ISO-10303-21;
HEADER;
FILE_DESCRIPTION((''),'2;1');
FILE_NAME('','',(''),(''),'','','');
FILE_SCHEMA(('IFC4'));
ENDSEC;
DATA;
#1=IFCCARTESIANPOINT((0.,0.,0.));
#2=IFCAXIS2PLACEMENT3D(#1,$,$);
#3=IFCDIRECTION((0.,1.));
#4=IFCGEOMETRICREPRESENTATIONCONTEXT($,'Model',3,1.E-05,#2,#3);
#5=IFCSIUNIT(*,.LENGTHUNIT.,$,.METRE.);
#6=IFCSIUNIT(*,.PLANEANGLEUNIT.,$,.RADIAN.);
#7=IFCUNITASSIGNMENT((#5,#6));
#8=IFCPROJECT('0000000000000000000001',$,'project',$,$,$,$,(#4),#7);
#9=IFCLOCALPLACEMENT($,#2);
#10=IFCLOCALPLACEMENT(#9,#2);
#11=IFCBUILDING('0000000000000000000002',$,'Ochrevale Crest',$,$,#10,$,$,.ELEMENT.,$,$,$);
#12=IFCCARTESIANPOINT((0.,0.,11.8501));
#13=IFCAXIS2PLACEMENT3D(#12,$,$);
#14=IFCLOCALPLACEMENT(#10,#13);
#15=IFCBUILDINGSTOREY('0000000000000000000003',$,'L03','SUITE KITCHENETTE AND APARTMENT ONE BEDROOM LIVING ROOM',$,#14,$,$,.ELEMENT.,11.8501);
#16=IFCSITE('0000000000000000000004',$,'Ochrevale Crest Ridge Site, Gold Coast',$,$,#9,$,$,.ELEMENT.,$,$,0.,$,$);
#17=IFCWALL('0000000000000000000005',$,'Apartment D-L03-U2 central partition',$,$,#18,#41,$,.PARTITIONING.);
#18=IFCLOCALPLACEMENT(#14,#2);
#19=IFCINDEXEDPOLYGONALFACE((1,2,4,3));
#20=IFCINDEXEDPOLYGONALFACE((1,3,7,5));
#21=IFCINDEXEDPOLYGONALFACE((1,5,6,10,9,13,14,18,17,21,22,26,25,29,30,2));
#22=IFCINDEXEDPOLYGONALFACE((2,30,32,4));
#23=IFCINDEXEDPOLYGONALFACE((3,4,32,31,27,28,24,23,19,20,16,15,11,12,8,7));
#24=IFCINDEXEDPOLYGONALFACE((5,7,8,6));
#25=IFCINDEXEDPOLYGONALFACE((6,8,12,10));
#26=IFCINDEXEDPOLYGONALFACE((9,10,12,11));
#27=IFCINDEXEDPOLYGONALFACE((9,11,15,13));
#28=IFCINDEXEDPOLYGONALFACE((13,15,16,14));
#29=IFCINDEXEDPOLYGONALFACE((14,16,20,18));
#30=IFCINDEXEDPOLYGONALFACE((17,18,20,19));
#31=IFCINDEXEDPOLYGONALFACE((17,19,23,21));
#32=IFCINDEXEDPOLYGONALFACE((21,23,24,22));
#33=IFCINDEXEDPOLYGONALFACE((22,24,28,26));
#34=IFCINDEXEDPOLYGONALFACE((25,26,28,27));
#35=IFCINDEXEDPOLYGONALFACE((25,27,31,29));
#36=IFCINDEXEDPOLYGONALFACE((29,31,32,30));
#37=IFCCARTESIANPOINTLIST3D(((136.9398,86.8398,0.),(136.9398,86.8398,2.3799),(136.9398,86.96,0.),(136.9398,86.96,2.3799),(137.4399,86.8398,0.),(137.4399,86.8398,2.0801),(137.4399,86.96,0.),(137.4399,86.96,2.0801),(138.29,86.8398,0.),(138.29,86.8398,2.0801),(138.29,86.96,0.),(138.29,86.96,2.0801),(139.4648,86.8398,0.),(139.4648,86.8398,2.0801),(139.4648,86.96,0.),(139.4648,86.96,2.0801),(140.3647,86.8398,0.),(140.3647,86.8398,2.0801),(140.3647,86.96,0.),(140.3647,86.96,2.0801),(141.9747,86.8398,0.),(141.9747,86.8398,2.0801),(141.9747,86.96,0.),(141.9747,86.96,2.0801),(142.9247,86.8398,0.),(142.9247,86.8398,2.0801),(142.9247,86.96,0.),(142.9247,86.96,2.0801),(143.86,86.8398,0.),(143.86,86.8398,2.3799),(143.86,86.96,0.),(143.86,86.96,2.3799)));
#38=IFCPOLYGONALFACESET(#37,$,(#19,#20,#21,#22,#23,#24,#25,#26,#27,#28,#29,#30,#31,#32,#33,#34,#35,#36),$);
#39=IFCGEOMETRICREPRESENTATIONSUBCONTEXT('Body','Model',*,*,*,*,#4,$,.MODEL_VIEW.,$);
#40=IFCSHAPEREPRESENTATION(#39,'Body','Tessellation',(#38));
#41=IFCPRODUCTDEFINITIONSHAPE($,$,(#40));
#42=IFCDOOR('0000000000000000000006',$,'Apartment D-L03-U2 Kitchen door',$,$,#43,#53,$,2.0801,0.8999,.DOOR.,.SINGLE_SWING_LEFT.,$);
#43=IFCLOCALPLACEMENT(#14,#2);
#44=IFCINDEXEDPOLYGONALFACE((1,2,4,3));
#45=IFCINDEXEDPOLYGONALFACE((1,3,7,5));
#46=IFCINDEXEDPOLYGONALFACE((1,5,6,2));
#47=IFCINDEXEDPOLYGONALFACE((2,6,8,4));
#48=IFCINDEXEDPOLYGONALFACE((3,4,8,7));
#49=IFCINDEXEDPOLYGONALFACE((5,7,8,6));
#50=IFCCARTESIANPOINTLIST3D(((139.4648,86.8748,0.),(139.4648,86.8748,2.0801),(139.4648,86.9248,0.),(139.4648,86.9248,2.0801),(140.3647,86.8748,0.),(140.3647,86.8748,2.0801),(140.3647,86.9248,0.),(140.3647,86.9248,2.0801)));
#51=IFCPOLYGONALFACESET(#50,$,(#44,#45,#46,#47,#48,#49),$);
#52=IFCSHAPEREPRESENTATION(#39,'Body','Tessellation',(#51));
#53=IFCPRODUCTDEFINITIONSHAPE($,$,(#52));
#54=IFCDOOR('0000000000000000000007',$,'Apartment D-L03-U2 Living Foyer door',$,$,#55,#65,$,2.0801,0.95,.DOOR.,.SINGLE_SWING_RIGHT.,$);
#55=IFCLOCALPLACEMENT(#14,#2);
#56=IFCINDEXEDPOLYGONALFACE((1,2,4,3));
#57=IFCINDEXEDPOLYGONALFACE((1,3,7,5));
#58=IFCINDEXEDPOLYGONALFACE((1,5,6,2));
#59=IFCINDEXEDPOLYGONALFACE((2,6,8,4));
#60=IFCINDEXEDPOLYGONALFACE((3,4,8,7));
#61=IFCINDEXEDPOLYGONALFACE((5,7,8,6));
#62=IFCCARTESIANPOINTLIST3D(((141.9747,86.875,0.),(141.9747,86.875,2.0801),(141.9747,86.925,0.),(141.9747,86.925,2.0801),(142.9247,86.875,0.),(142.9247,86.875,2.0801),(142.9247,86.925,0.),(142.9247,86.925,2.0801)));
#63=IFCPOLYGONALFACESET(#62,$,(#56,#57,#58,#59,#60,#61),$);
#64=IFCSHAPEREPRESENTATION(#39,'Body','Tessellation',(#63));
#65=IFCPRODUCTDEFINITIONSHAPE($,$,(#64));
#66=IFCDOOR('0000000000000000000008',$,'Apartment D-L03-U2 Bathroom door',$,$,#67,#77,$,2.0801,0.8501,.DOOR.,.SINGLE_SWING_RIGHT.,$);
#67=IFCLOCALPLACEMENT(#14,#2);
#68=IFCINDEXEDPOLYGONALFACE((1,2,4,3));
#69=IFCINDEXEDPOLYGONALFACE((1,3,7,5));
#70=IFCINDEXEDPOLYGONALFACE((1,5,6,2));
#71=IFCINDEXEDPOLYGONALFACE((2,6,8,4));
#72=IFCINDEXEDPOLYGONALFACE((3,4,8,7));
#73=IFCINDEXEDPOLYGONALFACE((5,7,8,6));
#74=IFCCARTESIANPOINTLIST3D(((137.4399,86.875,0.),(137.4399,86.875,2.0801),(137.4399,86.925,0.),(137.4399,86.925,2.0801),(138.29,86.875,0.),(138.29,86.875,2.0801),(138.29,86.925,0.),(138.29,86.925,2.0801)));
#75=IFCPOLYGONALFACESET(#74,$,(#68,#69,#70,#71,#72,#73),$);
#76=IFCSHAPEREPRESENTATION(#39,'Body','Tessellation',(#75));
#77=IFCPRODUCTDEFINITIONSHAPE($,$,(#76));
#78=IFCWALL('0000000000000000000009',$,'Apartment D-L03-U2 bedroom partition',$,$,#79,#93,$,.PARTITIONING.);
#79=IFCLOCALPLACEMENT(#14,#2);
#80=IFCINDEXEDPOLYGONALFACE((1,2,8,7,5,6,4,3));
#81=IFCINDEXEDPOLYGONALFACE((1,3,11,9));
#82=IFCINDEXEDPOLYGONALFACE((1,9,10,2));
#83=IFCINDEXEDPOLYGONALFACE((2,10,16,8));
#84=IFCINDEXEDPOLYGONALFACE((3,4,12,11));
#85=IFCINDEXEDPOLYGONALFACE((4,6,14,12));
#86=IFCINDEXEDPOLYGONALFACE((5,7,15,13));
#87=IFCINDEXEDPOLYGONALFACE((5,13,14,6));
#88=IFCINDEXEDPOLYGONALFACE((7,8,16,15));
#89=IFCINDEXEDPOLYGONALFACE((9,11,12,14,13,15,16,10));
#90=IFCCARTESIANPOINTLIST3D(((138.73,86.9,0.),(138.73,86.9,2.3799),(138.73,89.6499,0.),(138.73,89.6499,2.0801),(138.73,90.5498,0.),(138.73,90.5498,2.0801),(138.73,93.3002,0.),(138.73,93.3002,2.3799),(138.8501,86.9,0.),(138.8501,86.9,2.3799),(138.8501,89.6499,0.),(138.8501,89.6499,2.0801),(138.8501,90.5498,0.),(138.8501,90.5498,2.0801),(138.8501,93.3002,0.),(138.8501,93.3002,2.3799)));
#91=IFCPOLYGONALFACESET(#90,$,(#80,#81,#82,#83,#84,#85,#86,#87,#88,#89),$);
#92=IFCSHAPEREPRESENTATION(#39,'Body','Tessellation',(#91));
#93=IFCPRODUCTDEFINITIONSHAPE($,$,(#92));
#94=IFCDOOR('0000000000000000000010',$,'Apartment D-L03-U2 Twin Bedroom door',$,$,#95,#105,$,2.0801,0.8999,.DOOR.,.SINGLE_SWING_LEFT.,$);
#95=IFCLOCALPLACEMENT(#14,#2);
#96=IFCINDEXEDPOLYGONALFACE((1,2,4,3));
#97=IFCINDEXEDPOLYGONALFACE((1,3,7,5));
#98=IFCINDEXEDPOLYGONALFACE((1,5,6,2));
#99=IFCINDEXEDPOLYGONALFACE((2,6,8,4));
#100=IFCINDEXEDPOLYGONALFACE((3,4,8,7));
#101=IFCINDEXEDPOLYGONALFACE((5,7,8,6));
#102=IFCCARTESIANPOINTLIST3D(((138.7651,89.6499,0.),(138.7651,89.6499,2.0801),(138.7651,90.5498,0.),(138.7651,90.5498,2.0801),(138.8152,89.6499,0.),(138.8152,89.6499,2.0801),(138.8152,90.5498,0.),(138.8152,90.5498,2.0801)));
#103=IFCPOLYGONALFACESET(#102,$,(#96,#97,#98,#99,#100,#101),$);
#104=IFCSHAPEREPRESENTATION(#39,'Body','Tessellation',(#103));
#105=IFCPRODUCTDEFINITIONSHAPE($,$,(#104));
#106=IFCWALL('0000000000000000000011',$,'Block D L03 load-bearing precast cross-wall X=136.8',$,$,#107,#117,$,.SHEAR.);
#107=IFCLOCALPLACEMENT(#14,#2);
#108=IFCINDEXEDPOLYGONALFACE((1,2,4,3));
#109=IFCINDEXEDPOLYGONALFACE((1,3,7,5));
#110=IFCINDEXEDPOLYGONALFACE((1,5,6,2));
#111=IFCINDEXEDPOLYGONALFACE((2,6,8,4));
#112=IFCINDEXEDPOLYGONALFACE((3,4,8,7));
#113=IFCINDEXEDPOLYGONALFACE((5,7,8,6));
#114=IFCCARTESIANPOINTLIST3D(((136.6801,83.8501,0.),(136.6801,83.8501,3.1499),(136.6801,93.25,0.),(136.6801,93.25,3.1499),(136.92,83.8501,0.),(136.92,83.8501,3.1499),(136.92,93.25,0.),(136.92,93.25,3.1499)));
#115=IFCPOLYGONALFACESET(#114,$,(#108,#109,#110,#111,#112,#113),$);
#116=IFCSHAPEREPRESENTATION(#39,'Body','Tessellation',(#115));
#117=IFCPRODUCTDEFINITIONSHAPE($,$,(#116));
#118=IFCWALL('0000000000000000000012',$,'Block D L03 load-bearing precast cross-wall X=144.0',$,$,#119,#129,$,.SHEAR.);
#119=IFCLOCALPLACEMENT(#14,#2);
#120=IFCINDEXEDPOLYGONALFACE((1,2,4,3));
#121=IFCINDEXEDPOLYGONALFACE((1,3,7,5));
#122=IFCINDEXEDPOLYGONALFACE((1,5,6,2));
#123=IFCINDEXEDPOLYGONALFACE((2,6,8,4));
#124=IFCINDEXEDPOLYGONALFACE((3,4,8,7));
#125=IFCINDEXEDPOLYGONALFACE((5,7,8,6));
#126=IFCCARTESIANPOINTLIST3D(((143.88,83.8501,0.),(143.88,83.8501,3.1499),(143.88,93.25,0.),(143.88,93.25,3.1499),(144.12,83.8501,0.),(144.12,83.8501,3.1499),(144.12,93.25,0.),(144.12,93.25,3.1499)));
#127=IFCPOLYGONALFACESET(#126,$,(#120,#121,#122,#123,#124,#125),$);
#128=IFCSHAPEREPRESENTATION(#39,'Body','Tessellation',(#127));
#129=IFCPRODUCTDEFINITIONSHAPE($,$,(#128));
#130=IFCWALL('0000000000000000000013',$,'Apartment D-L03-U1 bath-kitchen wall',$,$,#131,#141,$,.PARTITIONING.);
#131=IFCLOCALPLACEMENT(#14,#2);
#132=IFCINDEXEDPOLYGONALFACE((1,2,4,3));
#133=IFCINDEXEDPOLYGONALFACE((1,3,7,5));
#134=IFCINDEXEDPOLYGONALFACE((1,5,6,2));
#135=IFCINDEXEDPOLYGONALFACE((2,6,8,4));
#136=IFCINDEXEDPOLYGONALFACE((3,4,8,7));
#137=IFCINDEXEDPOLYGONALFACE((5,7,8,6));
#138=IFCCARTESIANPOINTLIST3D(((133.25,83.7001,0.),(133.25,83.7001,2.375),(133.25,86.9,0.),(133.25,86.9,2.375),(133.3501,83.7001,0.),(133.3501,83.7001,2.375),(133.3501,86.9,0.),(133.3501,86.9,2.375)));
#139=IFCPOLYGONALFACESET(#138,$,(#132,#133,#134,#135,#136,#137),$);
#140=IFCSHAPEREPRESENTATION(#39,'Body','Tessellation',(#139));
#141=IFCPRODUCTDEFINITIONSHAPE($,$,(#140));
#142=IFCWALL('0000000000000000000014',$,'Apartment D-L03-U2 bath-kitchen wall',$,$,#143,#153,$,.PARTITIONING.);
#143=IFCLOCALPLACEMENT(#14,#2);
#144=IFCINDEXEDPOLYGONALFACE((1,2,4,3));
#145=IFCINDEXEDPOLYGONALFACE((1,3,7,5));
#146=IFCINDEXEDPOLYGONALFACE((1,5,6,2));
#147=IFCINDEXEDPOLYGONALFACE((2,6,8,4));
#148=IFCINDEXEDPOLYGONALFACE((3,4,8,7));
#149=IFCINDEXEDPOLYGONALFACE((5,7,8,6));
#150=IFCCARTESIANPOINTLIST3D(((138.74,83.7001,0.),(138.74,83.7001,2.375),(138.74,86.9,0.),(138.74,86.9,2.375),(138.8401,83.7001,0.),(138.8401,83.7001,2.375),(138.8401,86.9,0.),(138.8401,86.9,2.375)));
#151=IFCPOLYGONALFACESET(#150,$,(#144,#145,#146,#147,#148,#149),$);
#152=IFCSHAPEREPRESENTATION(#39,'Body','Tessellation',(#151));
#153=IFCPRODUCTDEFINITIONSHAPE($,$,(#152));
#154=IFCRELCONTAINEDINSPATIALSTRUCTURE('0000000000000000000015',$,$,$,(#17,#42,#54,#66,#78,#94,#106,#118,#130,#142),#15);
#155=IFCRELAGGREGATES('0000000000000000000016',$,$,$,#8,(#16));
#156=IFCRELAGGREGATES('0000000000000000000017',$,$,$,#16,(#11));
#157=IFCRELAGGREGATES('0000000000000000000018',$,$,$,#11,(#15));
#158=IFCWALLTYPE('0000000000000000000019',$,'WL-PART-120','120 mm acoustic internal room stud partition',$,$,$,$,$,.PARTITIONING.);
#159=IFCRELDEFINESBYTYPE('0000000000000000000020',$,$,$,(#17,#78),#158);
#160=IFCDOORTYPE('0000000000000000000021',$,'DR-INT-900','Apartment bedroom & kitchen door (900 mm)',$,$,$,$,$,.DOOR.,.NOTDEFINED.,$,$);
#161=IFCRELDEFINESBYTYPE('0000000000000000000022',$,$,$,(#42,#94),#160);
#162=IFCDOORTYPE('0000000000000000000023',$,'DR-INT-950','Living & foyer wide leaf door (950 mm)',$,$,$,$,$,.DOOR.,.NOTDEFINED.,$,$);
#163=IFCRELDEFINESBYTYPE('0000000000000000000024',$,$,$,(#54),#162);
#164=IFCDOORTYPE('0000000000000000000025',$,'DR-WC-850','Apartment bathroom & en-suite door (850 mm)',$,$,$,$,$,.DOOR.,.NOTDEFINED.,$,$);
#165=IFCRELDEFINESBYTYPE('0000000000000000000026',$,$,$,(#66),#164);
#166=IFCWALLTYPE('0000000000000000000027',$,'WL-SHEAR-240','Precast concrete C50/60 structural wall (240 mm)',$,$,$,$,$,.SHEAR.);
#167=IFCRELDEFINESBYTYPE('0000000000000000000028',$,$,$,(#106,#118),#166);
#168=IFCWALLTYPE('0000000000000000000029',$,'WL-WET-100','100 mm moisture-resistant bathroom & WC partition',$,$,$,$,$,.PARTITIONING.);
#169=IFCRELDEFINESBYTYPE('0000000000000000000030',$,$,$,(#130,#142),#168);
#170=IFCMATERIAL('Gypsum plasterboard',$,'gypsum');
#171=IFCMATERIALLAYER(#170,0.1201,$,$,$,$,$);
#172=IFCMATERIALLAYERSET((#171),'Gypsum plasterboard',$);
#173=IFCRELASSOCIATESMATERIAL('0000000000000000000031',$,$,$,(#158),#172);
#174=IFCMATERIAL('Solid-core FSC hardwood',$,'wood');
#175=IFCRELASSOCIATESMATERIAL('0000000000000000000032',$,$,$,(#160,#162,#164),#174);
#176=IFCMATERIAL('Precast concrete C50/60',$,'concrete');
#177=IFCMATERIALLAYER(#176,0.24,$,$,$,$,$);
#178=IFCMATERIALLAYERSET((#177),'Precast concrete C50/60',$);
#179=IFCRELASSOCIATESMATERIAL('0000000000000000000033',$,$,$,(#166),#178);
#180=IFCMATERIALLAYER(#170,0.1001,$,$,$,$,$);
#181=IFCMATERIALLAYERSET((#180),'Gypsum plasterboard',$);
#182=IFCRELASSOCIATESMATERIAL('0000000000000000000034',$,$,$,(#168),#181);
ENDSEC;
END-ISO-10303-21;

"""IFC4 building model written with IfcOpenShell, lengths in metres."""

from ifc_helpers import new_model, si_unit, direction, frame, frame_2d, origin, place, context, subcontext, project, spatial, rectangle, extrude, material, layer, layer_set, type_object, element, fill, save


model = new_model("IFC4")

# Units and contexts
model_context = context("Model", 3, precision=1e-05, world=origin(), true_north=direction((0.0, 1.0)))
body_context = subcontext(model_context, "Body", "Model", "MODEL_VIEW")
ifc_project = project(units=[si_unit("LENGTHUNIT", "METRE"), si_unit("PLANEANGLEUNIT", "RADIAN")], contexts=[model_context])

# Site, building, storey
site_placement = place(None, origin())
site = spatial("IfcSite", under=ifc_project, at=site_placement, Name="Ochrevale Crest Ridge Site, Gold Coast", CompositionType="ELEMENT", RefElevation=0.0)
building_placement = place(site_placement, origin())
building = spatial("IfcBuilding", under=site, at=building_placement, Name="Ochrevale Crest", CompositionType="ELEMENT")
storey_placement = place(building_placement, frame((0.0, 0.0, 11.8501)))
storey = spatial("IfcBuildingStorey", under=building, at=storey_placement, Name="L03", Description="SUITE KITCHENETTE AND APARTMENT ONE BEDROOM LIVING ROOM", CompositionType="ELEMENT", Elevation=11.8501)

# Shared definitions
ifc_material_1 = material(Name="Precast concrete C50/60", Category="concrete")

# Shared definitions
ifc_material_2 = material(Name="Gypsum plasterboard", Category="gypsum")
ifc_material_3 = material(Name="Solid-core FSC hardwood", Category="wood")

# Shared definitions
ifc_layer_1 = layer(ifc_material_2, 0.1201)
ifc_layer_set_1 = layer_set([ifc_layer_1], Name="Gypsum plasterboard")
wall_type_1 = type_object("IfcWallType", Name="WL-PART-120", Description="120 mm acoustic internal room stud partition", PredefinedType="PARTITIONING", material=ifc_layer_set_1)

# Shared definitions
door_type_1 = type_object("IfcDoorType", Name="DR-INT-900", Description="Apartment bedroom & kitchen door (900 mm)", OperationType="NOTDEFINED", PredefinedType="DOOR", material=ifc_material_3)

# Wall, openings, doors
wall_1_placement = place(storey_placement, frame((136.9399, 86.8999, 0.0), z_axis=(0.0, 0.0, 1.0), x_axis=(1.0, 0.0, 0.0)))
wall_1 = element("IfcWall", 1, at=wall_1_placement, inside=storey, type_object=wall_type_1, Name="Apartment D-L03-U2 central partition", PredefinedType="PARTITIONING", context=body_context, shape_type="SweptSolid", body=[
    extrude(rectangle(XDim=6.9202, YDim=0.1201, at=frame_2d((3.46, 0.0))), origin(), (0.0, 0.0, 1.0), 2.3799),
])
opening_1_placement = place(wall_1_placement, frame((1.3501, 0.0, 0.0), z_axis=(0.0, 0.0, 1.0), x_axis=(-1.0, 0.0, 0.0)))
opening_1 = element("IfcOpeningElement", 2, at=opening_1_placement, cuts=wall_1, PredefinedType="OPENING", context=body_context, shape_type="SweptSolid", body=[
    extrude(rectangle(XDim=0.8501, YDim=2.0801, at=frame_2d((0.425, 1.04))), frame((0.0, 0.0701, 0.0), z_axis=(0.0, -1.0, 0.0), x_axis=(1.0, 0.0, 0.0)), (0.0, 0.0, 1.0), 0.1401),
])
opening_2_placement = place(wall_1_placement, frame((2.5249, 0.0, 0.0)))
opening_2 = element("IfcOpeningElement", 3, at=opening_2_placement, cuts=wall_1, PredefinedType="OPENING", context=body_context, shape_type="SweptSolid", body=[
    extrude(rectangle(XDim=0.8999, YDim=2.0801, at=frame_2d((0.45, 1.04))), frame((0.0, 0.0701, 0.0), z_axis=(0.0, -1.0, 0.0), x_axis=(1.0, 0.0, 0.0)), (0.0, 0.0, 1.0), 0.1401),
])
opening_3_placement = place(wall_1_placement, frame((5.9849, 0.0, 0.0), z_axis=(0.0, 0.0, 1.0), x_axis=(-1.0, 0.0, 0.0)))
opening_3 = element("IfcOpeningElement", 4, at=opening_3_placement, cuts=wall_1, PredefinedType="OPENING", context=body_context, shape_type="SweptSolid", body=[
    extrude(rectangle(XDim=0.95, YDim=2.0801, at=frame_2d((0.4751, 1.04))), frame((0.0, 0.0701, 0.0), z_axis=(0.0, -1.0, 0.0), x_axis=(1.0, 0.0, 0.0)), (0.0, 0.0, 1.0), 0.1401),
])
door_1_placement = place(opening_2_placement, origin())
door_1 = element("IfcDoor", 5, at=door_1_placement, inside=storey, type_object=door_type_1, Name="Apartment D-L03-U2 Kitchen door", OperationType="SINGLE_SWING_LEFT", OverallHeight=2.0801, OverallWidth=0.8999, PredefinedType="DOOR", context=body_context, shape_type="SweptSolid", body=[
    extrude(rectangle(XDim=0.8999, YDim=2.0801, at=frame_2d((0.45, 1.04))), frame((0.0, 0.0249, 0.0), z_axis=(0.0, -1.0, 0.0), x_axis=(1.0, 0.0, 0.0)), (0.0, 0.0, 1.0), 0.05),
])
fill(opening_2, door_1)
door_type_2 = type_object("IfcDoorType", Name="DR-INT-950", Description="Living & foyer wide leaf door (950 mm)", OperationType="NOTDEFINED", PredefinedType="DOOR", material=ifc_material_3)
door_2_placement = place(opening_3_placement, origin())
door_2 = element("IfcDoor", 6, at=door_2_placement, inside=storey, type_object=door_type_2, Name="Apartment D-L03-U2 Living Foyer door", OperationType="SINGLE_SWING_RIGHT", OverallHeight=2.0801, OverallWidth=0.95, PredefinedType="DOOR", context=body_context, shape_type="SweptSolid", body=[
    extrude(rectangle(XDim=0.95, YDim=2.0801, at=frame_2d((0.4751, 1.04))), frame((0.0, 0.0249, 0.0), z_axis=(0.0, -1.0, 0.0), x_axis=(1.0, 0.0, 0.0)), (0.0, 0.0, 1.0), 0.05),
])
fill(opening_3, door_2)
door_type_3 = type_object("IfcDoorType", Name="DR-WC-850", Description="Apartment bathroom & en-suite door (850 mm)", OperationType="NOTDEFINED", PredefinedType="DOOR", material=ifc_material_3)
door_3_placement = place(opening_1_placement, origin())
door_3 = element("IfcDoor", 7, at=door_3_placement, inside=storey, type_object=door_type_3, Name="Apartment D-L03-U2 Bathroom door", OperationType="SINGLE_SWING_RIGHT", OverallHeight=2.0801, OverallWidth=0.8501, PredefinedType="DOOR", context=body_context, shape_type="SweptSolid", body=[
    extrude(rectangle(XDim=0.8501, YDim=2.0801, at=frame_2d((0.425, 1.04))), frame((0.0, 0.0249, 0.0), z_axis=(0.0, -1.0, 0.0), x_axis=(1.0, 0.0, 0.0)), (0.0, 0.0, 1.0), 0.05),
])
fill(opening_1, door_3)

# Wall, opening, door
wall_2_placement = place(storey_placement, frame((138.79, 86.8999, 0.0), z_axis=(0.0, 0.0, 1.0), x_axis=(0.0, 1.0, 0.0)))
wall_2 = element("IfcWall", 8, at=wall_2_placement, inside=storey, type_object=wall_type_1, Name="Apartment D-L03-U2 bedroom partition", PredefinedType="PARTITIONING", context=body_context, shape_type="SweptSolid", body=[
    extrude(rectangle(XDim=6.4001, YDim=0.1201, at=frame_2d((3.2002, 0.0))), origin(), (0.0, 0.0, 1.0), 2.3799),
])
opening_4_placement = place(wall_2_placement, frame((2.75, 0.0, 0.0)))
opening_4 = element("IfcOpeningElement", 9, at=opening_4_placement, cuts=wall_2, PredefinedType="OPENING", context=body_context, shape_type="SweptSolid", body=[
    extrude(rectangle(XDim=0.8999, YDim=2.0801, at=frame_2d((0.45, 1.04))), frame((0.0, 0.0701, 0.0), z_axis=(0.0, -1.0, 0.0), x_axis=(1.0, 0.0, 0.0)), (0.0, 0.0, 1.0), 0.1401),
])
door_4_placement = place(opening_4_placement, origin())
door_4 = element("IfcDoor", 10, at=door_4_placement, inside=storey, type_object=door_type_1, Name="Apartment D-L03-U2 Twin Bedroom door", OperationType="SINGLE_SWING_LEFT", OverallHeight=2.0801, OverallWidth=0.8999, PredefinedType="DOOR", context=body_context, shape_type="SweptSolid", body=[
    extrude(rectangle(XDim=0.8999, YDim=2.0801, at=frame_2d((0.45, 1.04))), frame((0.0, 0.0249, 0.0), z_axis=(0.0, -1.0, 0.0), x_axis=(1.0, 0.0, 0.0)), (0.0, 0.0, 1.0), 0.05),
])
fill(opening_4, door_4)

# Walls
ifc_layer_2 = layer(ifc_material_1, 0.24)
ifc_layer_set_2 = layer_set([ifc_layer_2], Name="Precast concrete C50/60")
wall_type_2 = type_object("IfcWallType", Name="WL-SHEAR-240", Description="Precast concrete C50/60 structural wall (240 mm)", PredefinedType="SHEAR", material=ifc_layer_set_2)
for number, where, z_axis, x_axis, name in (
    (11, (136.8, 83.8501, 0.0), (0.0, 0.0, 1.0), (0.0, 1.0, 0.0), "Block D L03 load-bearing precast cross-wall X=136.8"),
    (12, (144.0, 83.8501, 0.0), (0.0, 0.0, 1.0), (0.0, 1.0, 0.0), "Block D L03 load-bearing precast cross-wall X=144.0"),
):
    element("IfcWall", number, at=place(storey_placement, frame(where, z_axis=z_axis, x_axis=x_axis)), inside=storey, type_object=wall_type_2, Name=name, PredefinedType="SHEAR", context=body_context, shape_type="SweptSolid", body=[
        extrude(rectangle(XDim=9.3999, YDim=0.24, at=frame_2d((4.7, 0.0))), origin(), (0.0, 0.0, 1.0), 3.1499),
    ])
ifc_layer_3 = layer(ifc_material_2, 0.1001)
ifc_layer_set_3 = layer_set([ifc_layer_3], Name="Gypsum plasterboard")
wall_type_3 = type_object("IfcWallType", Name="WL-WET-100", Description="100 mm moisture-resistant bathroom & WC partition", PredefinedType="PARTITIONING", material=ifc_layer_set_3)
for number, where, z_axis, x_axis, name in (
    (13, (133.3, 83.7, 0.0), (0.0, 0.0, 1.0), (0.0, 1.0, 0.0), "Apartment D-L03-U1 bath-kitchen wall"),
    (14, (138.79, 83.7, 0.0), (0.0, 0.0, 1.0), (0.0, 1.0, 0.0), "Apartment D-L03-U2 bath-kitchen wall"),
):
    element("IfcWall", number, at=place(storey_placement, frame(where, z_axis=z_axis, x_axis=x_axis)), inside=storey, type_object=wall_type_3, Name=name, PredefinedType="PARTITIONING", context=body_context, shape_type="SweptSolid", body=[
        extrude(rectangle(XDim=3.2, YDim=0.1001, at=frame_2d((1.6001, 0.0))), origin(), (0.0, 0.0, 1.0), 2.375),
    ])

save(model, "model.ifc")
